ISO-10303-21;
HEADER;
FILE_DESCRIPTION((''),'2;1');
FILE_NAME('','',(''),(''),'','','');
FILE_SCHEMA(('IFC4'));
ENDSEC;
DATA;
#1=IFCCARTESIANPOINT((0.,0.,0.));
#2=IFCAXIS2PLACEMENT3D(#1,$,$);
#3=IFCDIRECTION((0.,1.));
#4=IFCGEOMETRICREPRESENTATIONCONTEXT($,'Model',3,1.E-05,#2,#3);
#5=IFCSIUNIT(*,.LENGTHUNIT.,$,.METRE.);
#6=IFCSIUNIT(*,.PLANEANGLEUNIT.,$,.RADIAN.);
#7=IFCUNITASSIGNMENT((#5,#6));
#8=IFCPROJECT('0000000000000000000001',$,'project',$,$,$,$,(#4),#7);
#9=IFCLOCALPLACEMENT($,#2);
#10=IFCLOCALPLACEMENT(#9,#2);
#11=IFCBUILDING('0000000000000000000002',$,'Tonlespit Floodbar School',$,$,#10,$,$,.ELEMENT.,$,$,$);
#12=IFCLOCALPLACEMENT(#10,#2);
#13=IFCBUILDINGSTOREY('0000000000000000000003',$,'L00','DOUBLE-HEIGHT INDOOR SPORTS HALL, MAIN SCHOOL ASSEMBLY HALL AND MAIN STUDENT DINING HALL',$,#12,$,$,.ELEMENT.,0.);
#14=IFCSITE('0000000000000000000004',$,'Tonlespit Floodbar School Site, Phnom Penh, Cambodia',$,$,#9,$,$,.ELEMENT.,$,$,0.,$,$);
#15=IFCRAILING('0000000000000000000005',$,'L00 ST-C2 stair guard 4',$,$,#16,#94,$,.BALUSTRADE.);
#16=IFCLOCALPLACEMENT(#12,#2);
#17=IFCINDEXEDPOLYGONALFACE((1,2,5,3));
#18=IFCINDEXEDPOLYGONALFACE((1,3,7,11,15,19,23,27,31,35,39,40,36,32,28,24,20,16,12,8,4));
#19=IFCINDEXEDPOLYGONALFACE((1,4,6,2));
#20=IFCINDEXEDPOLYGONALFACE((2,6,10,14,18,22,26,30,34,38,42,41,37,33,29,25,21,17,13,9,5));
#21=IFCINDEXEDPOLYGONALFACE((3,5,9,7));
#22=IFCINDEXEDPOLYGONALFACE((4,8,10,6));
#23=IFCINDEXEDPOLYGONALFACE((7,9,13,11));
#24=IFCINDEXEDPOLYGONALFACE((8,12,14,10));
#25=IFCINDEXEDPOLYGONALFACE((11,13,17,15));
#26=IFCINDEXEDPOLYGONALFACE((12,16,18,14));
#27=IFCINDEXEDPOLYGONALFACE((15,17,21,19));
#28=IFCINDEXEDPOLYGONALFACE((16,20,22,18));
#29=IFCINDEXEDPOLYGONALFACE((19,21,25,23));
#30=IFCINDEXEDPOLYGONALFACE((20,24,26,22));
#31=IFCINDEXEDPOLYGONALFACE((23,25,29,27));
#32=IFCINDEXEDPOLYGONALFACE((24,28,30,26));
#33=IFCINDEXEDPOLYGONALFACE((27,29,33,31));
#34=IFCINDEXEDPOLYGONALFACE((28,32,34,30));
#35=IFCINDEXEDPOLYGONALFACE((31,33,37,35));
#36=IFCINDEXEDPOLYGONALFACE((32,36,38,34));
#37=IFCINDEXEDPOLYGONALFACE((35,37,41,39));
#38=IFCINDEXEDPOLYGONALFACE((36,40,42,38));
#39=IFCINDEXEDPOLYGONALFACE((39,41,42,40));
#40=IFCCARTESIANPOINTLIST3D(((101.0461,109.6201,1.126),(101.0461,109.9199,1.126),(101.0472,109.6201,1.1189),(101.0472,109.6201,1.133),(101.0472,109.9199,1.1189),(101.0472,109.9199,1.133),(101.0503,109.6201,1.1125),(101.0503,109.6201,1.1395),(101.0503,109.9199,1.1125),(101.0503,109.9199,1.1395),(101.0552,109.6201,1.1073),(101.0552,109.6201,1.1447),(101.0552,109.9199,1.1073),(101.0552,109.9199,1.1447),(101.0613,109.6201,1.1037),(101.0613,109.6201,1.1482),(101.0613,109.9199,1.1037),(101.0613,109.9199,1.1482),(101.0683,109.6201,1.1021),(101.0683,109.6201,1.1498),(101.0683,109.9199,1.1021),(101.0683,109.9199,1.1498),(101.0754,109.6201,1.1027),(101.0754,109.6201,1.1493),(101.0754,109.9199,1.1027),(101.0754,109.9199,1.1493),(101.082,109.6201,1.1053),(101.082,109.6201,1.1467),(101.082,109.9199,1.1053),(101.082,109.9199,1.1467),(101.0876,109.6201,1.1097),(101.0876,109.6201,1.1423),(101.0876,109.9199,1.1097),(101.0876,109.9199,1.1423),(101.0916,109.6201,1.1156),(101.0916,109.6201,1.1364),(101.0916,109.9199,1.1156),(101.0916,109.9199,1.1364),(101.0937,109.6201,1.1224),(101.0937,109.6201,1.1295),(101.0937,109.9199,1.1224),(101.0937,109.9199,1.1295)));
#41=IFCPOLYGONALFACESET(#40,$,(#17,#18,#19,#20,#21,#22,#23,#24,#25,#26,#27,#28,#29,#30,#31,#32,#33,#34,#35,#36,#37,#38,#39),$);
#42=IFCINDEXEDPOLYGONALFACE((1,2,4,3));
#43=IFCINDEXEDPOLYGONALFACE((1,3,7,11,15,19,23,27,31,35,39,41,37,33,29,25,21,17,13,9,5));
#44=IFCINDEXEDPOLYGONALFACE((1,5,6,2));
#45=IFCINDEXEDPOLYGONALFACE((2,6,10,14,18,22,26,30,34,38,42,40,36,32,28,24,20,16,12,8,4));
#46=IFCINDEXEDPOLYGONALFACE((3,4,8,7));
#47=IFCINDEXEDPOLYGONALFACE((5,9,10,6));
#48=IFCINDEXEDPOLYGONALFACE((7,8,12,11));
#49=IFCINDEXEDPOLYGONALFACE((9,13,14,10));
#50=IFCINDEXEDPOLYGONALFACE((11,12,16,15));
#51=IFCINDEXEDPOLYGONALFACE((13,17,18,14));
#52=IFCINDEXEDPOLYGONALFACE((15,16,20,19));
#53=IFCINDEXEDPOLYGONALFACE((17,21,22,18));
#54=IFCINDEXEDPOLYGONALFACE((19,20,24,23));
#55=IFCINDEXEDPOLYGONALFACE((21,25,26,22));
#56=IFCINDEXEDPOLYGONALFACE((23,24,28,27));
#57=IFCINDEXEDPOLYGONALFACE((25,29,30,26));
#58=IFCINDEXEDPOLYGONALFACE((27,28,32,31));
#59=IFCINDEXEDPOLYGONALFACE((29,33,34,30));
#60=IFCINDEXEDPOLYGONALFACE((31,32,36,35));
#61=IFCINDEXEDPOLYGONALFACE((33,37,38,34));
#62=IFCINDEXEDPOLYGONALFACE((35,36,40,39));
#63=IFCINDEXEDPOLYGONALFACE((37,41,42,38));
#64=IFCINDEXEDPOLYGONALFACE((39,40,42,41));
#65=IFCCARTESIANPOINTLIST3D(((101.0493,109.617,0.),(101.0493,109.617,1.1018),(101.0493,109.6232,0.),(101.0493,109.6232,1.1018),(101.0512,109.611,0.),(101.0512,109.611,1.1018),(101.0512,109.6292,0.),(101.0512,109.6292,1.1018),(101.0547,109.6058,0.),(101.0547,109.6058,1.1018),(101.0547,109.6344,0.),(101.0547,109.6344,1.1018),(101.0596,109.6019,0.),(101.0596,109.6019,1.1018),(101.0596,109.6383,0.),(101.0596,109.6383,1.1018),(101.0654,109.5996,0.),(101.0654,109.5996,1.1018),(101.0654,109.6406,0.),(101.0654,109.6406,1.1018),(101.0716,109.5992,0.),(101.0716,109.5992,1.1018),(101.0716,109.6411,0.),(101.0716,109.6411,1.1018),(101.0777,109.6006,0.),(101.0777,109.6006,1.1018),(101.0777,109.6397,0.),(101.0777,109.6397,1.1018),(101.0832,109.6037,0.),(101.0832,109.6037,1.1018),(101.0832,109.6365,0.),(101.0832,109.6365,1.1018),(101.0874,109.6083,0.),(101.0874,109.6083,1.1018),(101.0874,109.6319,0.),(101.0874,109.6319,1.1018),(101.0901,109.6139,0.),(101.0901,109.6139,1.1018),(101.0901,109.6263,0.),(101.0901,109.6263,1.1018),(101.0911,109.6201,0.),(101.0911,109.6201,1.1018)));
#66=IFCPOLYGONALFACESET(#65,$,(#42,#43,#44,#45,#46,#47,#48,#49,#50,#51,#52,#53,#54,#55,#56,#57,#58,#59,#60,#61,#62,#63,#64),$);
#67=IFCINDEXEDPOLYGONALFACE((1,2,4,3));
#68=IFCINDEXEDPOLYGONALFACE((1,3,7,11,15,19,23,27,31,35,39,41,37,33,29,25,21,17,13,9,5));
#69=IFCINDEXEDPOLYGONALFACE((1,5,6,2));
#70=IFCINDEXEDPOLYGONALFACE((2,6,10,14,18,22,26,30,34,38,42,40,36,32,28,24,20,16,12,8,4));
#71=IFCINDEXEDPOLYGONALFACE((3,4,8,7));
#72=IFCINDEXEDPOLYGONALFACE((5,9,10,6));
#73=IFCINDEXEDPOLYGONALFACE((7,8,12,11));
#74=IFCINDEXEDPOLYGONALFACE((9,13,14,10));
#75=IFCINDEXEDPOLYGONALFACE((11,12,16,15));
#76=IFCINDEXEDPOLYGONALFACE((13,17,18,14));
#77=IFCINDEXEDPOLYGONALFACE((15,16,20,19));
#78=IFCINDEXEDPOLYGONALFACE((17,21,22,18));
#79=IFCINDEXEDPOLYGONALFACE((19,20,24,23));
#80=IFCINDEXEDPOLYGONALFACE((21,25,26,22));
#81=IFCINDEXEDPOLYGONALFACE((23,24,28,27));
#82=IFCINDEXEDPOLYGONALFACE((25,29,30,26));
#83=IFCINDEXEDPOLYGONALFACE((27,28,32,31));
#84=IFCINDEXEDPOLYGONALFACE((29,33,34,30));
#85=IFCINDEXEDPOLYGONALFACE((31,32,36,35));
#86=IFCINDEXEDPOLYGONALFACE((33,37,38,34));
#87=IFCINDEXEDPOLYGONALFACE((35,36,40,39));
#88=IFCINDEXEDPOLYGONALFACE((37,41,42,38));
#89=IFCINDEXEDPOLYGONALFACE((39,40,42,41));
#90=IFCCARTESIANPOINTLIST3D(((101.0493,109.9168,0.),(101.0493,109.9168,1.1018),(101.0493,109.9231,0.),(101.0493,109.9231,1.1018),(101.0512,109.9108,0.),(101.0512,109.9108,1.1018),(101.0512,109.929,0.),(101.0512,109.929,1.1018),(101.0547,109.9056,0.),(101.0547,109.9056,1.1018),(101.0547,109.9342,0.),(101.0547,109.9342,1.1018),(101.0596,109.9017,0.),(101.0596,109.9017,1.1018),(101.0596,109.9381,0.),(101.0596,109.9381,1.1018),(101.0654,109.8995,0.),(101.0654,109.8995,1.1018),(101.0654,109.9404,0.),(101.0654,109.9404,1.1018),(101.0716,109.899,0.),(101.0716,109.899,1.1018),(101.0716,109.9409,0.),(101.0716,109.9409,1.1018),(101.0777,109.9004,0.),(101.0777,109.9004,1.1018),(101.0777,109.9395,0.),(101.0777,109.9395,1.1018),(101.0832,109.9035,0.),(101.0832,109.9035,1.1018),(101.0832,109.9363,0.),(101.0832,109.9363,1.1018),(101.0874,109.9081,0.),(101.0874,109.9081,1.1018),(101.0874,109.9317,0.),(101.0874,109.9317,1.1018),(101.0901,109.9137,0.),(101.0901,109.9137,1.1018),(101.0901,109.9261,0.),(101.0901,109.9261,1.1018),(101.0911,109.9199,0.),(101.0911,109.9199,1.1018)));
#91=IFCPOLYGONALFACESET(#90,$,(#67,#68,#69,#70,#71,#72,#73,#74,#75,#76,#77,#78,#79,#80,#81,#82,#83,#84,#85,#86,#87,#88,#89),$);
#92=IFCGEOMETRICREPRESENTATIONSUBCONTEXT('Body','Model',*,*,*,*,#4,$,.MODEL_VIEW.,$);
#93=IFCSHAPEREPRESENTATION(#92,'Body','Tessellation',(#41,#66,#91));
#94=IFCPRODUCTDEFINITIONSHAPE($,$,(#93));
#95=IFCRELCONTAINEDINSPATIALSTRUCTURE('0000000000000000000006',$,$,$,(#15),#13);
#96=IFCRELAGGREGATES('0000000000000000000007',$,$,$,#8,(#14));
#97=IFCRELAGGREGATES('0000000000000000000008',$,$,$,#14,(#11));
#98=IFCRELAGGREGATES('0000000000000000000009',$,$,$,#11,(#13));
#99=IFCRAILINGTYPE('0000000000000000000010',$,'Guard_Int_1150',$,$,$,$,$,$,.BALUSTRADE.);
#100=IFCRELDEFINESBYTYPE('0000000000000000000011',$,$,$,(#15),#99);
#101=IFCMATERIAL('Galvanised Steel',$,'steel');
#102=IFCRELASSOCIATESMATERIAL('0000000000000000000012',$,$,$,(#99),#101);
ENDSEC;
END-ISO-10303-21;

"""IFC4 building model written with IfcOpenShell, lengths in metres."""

from ifc_helpers import new_model, si_unit, direction, frame, origin, origin_2d, place, context, subcontext, project, spatial, circle, extrude, material, type_object, element, save


model = new_model("IFC4")

# Units and contexts
model_context = context("Model", 3, precision=1e-05, world=origin(), true_north=direction((0.0, 1.0)))
body_context = subcontext(model_context, "Body", "Model", "MODEL_VIEW")
ifc_project = project(units=[si_unit("LENGTHUNIT", "METRE"), si_unit("PLANEANGLEUNIT", "RADIAN")], contexts=[model_context])

# Site, building, storey
site_placement = place(None, origin())
site = spatial("IfcSite", under=ifc_project, at=site_placement, Name="Tonlespit Floodbar School Site, Phnom Penh, Cambodia", CompositionType="ELEMENT", RefElevation=0.0)
building_placement = place(site_placement, origin())
building = spatial("IfcBuilding", under=site, at=building_placement, Name="Tonlespit Floodbar School", CompositionType="ELEMENT")
storey_placement = place(building_placement, origin())
storey = spatial("IfcBuildingStorey", under=building, at=storey_placement, Name="L00", Description="DOUBLE-HEIGHT INDOOR SPORTS HALL, MAIN SCHOOL ASSEMBLY HALL AND MAIN STUDENT DINING HALL", CompositionType="ELEMENT", Elevation=0.0)

# Shared definitions
ifc_material_1 = material(Name="Galvanised Steel", Category="steel")

# Railing
railing_type_1 = type_object("IfcRailingType", Name="Guard_Int_1150", PredefinedType="BALUSTRADE", material=ifc_material_1)
railing_1_placement = place(storey_placement, frame((101.0701, 109.6201, 0.0)))
element("IfcRailing", 1, at=railing_1_placement, inside=storey, type_object=railing_type_1, Name="L00 ST-C2 stair guard 4", PredefinedType="BALUSTRADE", context=body_context, shape_type="SweptSolid", body=[
    extrude(circle(Radius=0.0239, at=origin_2d()), frame((0.0, 0.0, 1.126), z_axis=(0.0, 1.0, 0.0), x_axis=(-1.0, 0.0, 0.0)), (0.0, 0.0, 1.0), 0.2998),
    extrude(circle(Radius=0.021, at=origin_2d()), origin(), (0.0, 0.0, 1.0), 1.1018),
    extrude(circle(Radius=0.021, at=origin_2d()), frame((0.0, 0.2998, 0.0)), (0.0, 0.0, 1.0), 1.1018),
])

save(model, "model.ifc")
